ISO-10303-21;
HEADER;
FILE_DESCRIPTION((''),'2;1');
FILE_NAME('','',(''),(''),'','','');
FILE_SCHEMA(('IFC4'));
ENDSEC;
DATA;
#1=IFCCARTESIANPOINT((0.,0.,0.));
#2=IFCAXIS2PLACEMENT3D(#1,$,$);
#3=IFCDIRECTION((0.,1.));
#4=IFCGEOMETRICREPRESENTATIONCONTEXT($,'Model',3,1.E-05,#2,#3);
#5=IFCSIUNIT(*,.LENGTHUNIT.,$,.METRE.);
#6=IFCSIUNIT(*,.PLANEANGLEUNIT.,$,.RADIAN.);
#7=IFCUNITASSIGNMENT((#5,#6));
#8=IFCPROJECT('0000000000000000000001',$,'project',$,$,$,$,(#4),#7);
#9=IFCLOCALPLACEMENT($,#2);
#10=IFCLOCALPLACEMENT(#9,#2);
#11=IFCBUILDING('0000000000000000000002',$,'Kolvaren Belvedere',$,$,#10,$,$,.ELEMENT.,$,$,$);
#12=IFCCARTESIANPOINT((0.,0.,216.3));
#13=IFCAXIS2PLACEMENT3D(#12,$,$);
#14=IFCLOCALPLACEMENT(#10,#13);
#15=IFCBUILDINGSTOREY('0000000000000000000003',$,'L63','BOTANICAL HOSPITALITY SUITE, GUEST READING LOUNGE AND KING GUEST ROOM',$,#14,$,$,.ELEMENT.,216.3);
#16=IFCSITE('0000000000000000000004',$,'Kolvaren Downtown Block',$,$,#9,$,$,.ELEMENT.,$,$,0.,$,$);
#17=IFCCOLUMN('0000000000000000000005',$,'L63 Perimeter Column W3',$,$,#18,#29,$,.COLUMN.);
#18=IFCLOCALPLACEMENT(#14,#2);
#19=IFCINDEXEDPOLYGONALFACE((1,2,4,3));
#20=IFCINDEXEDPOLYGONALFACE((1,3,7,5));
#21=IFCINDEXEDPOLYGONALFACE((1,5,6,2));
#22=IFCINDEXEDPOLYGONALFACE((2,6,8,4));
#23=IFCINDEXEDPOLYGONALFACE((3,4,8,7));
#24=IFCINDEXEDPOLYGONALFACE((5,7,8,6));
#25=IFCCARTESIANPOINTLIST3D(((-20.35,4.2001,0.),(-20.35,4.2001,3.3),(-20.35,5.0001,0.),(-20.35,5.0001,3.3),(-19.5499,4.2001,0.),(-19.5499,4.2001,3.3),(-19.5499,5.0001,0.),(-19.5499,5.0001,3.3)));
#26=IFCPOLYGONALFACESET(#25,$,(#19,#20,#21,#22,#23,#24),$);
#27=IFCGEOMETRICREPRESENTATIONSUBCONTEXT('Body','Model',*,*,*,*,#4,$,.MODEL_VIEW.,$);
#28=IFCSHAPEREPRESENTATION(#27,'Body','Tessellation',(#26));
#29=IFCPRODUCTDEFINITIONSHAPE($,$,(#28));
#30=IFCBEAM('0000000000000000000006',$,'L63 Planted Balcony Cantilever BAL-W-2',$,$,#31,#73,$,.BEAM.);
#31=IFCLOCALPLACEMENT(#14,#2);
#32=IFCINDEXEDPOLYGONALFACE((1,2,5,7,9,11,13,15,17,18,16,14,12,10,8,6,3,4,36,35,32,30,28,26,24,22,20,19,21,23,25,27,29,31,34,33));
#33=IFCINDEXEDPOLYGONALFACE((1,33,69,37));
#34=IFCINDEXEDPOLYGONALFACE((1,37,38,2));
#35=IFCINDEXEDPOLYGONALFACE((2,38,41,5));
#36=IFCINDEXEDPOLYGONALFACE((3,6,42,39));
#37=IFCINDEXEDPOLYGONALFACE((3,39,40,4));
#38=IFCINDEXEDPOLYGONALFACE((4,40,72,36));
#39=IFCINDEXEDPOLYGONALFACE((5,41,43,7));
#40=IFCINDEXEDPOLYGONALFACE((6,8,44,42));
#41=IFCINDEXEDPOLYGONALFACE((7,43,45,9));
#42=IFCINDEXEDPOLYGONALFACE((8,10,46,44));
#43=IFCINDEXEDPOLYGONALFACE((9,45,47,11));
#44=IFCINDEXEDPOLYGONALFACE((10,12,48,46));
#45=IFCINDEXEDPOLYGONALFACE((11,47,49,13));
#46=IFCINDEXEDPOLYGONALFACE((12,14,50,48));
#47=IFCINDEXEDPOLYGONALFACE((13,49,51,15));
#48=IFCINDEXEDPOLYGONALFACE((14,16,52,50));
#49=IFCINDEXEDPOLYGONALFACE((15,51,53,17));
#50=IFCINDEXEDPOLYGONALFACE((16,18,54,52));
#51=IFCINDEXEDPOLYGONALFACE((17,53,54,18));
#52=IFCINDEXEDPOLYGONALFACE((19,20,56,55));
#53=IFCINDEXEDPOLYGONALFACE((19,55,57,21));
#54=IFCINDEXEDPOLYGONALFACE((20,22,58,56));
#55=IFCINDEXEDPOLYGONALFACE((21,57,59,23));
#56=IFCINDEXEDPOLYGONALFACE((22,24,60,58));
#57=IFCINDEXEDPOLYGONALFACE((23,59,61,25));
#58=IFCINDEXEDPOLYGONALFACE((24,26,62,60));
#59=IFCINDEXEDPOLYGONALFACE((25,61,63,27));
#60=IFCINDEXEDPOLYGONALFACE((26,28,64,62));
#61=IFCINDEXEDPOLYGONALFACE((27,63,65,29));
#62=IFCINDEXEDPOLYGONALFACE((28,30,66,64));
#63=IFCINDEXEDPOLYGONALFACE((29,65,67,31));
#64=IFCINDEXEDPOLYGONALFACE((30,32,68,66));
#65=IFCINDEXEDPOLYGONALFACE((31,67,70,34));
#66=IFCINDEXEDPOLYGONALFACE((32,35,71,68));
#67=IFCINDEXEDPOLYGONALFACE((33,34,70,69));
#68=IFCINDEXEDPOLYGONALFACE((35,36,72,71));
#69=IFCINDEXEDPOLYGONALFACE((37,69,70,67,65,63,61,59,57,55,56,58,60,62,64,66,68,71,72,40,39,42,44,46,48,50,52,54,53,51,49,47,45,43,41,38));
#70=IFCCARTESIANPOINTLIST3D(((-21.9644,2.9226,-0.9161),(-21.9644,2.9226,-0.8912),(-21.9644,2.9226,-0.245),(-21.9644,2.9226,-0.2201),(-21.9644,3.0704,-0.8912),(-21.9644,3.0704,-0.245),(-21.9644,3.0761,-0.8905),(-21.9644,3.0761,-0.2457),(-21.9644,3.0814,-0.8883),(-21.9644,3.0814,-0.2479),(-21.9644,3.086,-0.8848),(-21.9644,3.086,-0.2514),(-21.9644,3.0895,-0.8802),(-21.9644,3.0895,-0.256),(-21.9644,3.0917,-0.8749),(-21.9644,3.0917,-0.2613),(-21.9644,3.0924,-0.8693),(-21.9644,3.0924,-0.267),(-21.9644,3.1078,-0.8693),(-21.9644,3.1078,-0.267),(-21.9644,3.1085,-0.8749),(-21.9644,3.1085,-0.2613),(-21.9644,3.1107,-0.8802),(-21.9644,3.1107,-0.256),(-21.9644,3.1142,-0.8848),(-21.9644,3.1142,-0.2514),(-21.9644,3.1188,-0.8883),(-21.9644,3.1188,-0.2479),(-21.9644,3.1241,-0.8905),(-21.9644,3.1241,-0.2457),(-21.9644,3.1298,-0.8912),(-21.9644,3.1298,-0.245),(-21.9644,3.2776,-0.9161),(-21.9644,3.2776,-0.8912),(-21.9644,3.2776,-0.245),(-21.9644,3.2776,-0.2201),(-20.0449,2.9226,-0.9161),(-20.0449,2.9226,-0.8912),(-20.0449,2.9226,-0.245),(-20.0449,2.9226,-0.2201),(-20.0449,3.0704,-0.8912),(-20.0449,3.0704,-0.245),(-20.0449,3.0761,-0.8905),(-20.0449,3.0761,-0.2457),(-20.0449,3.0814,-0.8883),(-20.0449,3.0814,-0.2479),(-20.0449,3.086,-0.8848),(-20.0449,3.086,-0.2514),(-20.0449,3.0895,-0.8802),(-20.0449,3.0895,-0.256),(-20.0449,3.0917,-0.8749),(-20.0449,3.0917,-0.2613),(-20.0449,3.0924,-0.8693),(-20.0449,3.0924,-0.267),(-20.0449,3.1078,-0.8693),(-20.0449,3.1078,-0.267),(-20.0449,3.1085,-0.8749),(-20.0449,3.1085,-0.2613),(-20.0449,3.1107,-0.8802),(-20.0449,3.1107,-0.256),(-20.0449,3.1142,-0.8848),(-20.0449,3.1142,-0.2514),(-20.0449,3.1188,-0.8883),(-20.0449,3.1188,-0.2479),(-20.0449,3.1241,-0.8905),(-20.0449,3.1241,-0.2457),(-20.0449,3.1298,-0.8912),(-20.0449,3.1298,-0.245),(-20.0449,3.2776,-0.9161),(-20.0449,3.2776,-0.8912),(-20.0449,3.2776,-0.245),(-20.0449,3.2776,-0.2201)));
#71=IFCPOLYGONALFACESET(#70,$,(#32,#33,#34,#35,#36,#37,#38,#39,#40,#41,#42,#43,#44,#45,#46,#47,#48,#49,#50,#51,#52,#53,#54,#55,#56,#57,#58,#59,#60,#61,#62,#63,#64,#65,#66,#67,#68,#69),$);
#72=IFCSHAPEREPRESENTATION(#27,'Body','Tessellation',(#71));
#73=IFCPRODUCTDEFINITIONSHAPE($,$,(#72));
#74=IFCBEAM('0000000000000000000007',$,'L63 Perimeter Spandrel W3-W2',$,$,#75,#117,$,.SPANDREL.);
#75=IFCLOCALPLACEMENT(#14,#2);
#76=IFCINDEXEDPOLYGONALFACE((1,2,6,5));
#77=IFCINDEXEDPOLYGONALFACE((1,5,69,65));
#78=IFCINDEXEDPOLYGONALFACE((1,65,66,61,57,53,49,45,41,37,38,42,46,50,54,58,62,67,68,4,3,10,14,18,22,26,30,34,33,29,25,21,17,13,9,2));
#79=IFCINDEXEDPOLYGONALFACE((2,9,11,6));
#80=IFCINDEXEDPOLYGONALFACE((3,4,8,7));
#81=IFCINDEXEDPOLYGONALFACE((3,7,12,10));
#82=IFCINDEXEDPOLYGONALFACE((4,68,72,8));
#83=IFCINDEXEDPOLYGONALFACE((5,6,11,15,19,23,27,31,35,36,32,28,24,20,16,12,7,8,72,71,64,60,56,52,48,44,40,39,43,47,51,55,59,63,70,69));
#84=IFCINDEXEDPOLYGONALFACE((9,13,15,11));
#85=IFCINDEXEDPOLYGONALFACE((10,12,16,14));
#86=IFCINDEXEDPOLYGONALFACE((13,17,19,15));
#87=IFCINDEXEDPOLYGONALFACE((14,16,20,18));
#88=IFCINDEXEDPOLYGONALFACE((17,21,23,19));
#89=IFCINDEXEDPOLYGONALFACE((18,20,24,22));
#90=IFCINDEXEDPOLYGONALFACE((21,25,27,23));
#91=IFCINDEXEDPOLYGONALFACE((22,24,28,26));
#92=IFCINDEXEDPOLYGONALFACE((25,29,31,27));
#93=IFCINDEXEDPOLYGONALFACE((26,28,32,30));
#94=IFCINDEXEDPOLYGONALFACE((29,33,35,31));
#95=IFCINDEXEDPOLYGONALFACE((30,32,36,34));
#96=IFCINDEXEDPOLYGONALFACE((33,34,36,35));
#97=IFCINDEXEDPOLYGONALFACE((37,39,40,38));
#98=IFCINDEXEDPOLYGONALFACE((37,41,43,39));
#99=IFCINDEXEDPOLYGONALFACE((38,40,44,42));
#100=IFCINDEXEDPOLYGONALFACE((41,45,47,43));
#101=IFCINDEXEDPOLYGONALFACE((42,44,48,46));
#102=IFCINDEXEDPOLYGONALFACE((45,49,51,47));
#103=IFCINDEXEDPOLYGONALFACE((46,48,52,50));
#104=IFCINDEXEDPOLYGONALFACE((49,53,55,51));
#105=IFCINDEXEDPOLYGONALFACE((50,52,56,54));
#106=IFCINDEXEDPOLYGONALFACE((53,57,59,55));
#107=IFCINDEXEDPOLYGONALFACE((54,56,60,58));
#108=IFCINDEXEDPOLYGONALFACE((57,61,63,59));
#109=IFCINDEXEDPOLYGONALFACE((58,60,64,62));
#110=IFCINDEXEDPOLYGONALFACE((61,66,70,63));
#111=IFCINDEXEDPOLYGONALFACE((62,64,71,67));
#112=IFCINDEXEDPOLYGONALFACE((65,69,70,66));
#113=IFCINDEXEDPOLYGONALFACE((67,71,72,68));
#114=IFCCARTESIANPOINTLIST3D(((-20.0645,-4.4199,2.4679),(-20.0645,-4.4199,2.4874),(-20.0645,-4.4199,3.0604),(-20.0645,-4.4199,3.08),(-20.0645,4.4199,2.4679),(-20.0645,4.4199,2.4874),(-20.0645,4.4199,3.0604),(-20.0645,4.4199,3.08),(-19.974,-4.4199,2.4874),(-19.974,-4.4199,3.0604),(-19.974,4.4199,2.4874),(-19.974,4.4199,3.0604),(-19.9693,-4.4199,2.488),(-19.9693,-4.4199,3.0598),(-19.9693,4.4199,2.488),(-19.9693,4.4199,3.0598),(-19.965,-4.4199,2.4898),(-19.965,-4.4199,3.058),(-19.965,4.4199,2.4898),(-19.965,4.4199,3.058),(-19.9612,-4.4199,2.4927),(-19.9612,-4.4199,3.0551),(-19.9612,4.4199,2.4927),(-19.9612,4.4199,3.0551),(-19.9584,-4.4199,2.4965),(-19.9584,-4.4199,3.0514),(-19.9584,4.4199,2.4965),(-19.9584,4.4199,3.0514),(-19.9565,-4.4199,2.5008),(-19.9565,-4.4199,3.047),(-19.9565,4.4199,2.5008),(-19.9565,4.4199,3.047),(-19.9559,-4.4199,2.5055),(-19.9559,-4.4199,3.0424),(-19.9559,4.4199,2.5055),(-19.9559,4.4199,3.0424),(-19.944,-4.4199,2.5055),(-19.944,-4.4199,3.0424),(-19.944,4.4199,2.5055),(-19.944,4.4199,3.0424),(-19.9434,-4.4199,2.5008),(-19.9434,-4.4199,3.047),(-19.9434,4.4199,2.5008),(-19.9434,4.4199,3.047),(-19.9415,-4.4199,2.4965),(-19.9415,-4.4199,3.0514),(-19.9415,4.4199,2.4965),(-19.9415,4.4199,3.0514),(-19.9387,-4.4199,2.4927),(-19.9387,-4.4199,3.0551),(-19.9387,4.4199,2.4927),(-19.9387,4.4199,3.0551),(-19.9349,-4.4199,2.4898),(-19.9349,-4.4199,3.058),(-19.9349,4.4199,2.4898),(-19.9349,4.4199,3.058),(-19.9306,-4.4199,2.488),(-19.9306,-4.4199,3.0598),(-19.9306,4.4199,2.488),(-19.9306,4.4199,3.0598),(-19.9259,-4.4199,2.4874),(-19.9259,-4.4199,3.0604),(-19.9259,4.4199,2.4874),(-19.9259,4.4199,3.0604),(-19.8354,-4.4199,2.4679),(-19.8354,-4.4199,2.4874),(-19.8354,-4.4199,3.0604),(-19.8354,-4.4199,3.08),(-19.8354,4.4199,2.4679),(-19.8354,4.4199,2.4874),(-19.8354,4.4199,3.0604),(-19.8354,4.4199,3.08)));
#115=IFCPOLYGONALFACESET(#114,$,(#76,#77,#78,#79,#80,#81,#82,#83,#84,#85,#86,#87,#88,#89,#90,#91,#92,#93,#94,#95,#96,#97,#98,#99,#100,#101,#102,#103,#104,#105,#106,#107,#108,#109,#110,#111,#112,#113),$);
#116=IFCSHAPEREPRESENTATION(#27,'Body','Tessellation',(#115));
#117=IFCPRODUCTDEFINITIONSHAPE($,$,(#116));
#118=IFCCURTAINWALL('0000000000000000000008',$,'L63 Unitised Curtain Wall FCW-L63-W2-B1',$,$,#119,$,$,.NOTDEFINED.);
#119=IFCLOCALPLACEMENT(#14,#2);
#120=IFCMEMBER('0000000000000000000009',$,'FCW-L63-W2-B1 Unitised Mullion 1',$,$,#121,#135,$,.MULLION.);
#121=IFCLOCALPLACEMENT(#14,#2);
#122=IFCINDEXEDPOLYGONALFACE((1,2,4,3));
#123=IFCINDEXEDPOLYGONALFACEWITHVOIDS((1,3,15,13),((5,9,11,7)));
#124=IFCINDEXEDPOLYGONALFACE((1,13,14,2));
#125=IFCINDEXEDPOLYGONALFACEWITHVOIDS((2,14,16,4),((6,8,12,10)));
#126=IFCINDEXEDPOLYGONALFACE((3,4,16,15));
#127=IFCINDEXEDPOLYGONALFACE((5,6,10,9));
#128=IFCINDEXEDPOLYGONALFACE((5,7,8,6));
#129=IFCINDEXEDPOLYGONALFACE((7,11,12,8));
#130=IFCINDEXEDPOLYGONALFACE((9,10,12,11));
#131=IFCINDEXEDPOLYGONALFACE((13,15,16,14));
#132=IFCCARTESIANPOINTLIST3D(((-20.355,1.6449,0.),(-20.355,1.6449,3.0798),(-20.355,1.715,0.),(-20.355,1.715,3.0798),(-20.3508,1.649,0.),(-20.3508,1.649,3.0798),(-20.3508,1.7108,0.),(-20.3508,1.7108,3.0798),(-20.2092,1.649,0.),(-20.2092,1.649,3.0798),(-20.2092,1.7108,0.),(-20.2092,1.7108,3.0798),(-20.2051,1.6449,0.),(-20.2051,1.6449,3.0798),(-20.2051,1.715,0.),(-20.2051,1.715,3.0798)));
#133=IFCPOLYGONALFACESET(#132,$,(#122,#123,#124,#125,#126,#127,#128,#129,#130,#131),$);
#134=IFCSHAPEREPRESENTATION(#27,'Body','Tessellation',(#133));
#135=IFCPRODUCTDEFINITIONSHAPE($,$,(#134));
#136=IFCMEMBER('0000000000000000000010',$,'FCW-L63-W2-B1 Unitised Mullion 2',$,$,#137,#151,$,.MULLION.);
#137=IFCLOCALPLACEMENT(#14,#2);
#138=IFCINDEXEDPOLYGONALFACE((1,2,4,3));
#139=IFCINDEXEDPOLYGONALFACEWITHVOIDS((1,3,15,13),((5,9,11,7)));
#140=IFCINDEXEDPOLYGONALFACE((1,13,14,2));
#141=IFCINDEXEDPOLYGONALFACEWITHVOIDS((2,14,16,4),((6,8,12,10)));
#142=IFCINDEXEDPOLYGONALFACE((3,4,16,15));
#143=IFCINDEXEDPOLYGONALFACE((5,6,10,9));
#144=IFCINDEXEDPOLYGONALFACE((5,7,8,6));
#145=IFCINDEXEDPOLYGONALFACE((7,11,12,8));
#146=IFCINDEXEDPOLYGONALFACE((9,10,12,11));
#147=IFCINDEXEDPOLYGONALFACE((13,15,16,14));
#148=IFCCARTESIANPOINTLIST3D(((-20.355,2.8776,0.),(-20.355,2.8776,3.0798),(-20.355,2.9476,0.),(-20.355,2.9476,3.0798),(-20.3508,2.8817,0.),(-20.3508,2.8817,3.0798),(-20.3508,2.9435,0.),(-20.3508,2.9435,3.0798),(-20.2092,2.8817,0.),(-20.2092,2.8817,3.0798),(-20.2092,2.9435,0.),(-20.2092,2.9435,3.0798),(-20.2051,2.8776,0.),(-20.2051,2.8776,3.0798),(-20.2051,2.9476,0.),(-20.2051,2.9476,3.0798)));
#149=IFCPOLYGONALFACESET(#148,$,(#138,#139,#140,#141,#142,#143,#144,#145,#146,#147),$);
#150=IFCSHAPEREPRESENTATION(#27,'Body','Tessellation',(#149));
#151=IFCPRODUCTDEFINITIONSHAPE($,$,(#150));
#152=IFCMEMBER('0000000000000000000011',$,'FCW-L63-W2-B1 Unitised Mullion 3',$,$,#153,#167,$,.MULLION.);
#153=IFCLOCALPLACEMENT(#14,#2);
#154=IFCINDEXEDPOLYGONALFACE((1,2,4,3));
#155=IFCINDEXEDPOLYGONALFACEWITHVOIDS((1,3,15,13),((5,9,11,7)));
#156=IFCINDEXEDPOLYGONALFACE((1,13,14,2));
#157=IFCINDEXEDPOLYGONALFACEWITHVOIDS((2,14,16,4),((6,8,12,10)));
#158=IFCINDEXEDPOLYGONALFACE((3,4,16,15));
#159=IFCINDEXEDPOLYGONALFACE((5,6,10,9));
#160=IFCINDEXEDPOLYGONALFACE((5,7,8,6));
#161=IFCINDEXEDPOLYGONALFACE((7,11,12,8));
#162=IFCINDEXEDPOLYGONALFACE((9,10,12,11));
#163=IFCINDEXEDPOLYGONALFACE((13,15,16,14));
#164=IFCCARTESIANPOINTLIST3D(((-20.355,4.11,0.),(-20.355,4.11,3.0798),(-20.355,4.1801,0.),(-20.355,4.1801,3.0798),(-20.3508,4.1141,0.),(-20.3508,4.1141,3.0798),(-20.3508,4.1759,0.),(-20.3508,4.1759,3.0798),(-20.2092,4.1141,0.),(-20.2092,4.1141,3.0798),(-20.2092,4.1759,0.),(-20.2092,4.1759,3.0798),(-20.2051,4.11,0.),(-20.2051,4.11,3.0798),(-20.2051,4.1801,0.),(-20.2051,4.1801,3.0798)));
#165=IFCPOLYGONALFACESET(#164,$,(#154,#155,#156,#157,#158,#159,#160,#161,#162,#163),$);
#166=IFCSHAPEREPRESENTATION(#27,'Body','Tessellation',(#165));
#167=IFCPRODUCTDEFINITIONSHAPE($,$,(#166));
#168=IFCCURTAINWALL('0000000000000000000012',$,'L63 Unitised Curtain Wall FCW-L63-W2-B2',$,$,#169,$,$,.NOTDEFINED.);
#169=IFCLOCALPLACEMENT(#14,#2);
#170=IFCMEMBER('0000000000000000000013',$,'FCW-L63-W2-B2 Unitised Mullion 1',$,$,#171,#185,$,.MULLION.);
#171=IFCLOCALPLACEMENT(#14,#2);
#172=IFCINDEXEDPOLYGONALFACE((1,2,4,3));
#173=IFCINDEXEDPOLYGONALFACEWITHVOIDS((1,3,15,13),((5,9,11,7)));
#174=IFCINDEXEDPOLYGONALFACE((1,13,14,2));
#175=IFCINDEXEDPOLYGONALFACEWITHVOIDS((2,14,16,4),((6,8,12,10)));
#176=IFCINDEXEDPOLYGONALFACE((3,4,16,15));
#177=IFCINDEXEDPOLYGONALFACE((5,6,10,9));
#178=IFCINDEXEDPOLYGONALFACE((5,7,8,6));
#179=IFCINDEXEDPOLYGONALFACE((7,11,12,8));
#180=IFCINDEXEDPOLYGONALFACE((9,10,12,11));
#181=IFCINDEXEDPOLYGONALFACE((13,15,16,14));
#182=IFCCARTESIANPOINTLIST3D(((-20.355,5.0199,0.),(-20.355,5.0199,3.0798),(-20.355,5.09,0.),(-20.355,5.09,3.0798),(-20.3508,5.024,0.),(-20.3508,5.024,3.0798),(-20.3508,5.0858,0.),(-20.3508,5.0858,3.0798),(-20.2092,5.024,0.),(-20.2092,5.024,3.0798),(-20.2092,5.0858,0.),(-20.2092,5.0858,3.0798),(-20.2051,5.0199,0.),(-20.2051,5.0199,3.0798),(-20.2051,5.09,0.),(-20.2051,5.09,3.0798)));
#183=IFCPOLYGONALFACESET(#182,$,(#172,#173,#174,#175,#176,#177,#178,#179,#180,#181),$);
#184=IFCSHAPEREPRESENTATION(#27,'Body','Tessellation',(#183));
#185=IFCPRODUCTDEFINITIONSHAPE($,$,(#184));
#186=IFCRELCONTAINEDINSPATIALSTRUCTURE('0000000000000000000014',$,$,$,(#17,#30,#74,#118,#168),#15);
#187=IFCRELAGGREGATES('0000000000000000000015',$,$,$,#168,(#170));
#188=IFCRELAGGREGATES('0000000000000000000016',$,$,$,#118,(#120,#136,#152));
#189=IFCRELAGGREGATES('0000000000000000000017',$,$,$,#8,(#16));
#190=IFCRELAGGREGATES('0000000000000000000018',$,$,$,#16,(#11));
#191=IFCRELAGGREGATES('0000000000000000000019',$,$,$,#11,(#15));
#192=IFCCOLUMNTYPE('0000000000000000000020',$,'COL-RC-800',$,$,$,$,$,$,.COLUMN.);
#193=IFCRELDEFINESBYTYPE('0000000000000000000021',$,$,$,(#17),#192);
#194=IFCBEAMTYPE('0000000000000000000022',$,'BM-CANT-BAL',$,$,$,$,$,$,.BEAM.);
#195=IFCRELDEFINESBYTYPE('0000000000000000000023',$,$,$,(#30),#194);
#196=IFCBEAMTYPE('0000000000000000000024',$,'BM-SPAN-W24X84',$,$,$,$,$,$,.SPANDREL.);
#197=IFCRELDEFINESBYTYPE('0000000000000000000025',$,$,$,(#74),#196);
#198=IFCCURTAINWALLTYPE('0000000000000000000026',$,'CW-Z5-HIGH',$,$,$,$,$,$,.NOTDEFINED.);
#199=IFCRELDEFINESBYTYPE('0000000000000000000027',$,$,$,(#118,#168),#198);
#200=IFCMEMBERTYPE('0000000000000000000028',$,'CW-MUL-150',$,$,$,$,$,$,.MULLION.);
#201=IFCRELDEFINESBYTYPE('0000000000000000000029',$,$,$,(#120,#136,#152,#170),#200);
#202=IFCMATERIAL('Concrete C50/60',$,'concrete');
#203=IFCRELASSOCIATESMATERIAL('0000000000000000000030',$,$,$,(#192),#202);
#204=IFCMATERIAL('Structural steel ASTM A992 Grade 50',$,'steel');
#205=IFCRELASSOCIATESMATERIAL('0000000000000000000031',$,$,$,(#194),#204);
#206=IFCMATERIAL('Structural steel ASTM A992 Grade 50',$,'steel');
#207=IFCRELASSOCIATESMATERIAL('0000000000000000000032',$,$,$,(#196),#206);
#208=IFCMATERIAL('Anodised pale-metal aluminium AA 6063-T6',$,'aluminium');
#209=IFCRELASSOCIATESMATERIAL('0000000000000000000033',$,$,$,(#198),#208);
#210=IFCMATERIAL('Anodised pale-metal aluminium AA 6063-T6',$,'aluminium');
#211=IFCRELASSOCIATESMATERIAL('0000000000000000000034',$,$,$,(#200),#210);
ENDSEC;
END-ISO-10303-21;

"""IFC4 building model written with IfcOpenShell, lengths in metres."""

from ifc_helpers import new_model, si_unit, direction, frame, origin, origin_2d, place, context, subcontext, project, spatial, rectangle, hollow_rectangle, i_section, extrude, material, material_profile, profile_set, type_object, element, aggregate, save


model = new_model("IFC4")

# Units and contexts
model_context = context("Model", 3, precision=1e-05, world=origin(), true_north=direction((0.0, 1.0)))
body_context = subcontext(model_context, "Body", "Model", "MODEL_VIEW")
ifc_project = project(units=[si_unit("LENGTHUNIT", "METRE"), si_unit("PLANEANGLEUNIT", "RADIAN")], contexts=[model_context])

# Site, building, storey
site_placement = place(None, origin())
site = spatial("IfcSite", under=ifc_project, at=site_placement, Name="Kolvaren Downtown Block", CompositionType="ELEMENT", RefElevation=0.0)
building_placement = place(site_placement, origin())
building = spatial("IfcBuilding", under=site, at=building_placement, Name="Kolvaren Belvedere", CompositionType="ELEMENT")
storey_placement = place(building_placement, frame((0.0, 0.0, 216.3)))
storey = spatial("IfcBuildingStorey", under=building, at=storey_placement, Name="L63", Description="BOTANICAL HOSPITALITY SUITE, GUEST READING LOUNGE AND KING GUEST ROOM", CompositionType="ELEMENT", Elevation=216.3)

# Column
ifc_material_1 = material(Name="Concrete C50/60", Category="concrete")
ifc_material_profile_1 = material_profile(ifc_material_1, rectangle(XDim=0.8, YDim=0.8, at=origin_2d()), Name="RC 800X800")
ifc_profile_set_1 = profile_set([ifc_material_profile_1], Name="Concrete C50/60")
column_type = type_object("IfcColumnType", Name="COL-RC-800", PredefinedType="COLUMN", material=ifc_profile_set_1)
column_placement = place(storey_placement, frame((-19.95, 4.6001, 0.0), z_axis=(0.0, 0.0, 1.0), x_axis=(1.0, 0.0, 0.0)))
element("IfcColumn", 1, at=column_placement, inside=storey, type_object=column_type, Name="L63 Perimeter Column W3", PredefinedType="COLUMN", context=body_context, shape_type="SweptSolid", body=[
    extrude(rectangle(XDim=0.8, YDim=0.8, at=origin_2d()), origin(), (0.0, 0.0, 1.0), 3.3),
])

# Beams
ifc_material_2 = material(Name="Structural steel ASTM A992 Grade 50", Category="steel")
ifc_material_profile_2 = material_profile(ifc_material_2, i_section(OverallWidth=0.355, OverallDepth=0.696, WebThickness=0.0154, FlangeThickness=0.0249, FilletRadius=0.022, at=origin_2d()), Name="W27X146")
ifc_profile_set_2 = profile_set([ifc_material_profile_2], Name="Structural steel ASTM A992 Grade 50")
beam_type_1 = type_object("IfcBeamType", Name="BM-CANT-BAL", PredefinedType="BEAM", material=ifc_profile_set_2)
beam_1_placement = place(storey_placement, frame((-20.0449, 3.1001, -0.5681), z_axis=(-1.0, 0.0, 0.0), x_axis=(0.0, -1.0, 0.0)))
element("IfcBeam", 2, at=beam_1_placement, inside=storey, type_object=beam_type_1, Name="L63 Planted Balcony Cantilever BAL-W-2", PredefinedType="BEAM", context=body_context, shape_type="SweptSolid", body=[
    extrude(i_section(OverallWidth=0.355, OverallDepth=0.696, WebThickness=0.0154, FlangeThickness=0.0249, FilletRadius=0.022, at=origin_2d()), origin(), (0.0, 0.0, 1.0), 1.9194),
])
ifc_material_3 = material(Name="Structural steel ASTM A992 Grade 50", Category="steel")
ifc_material_profile_3 = material_profile(ifc_material_3, i_section(OverallWidth=0.229, OverallDepth=0.6121, WebThickness=0.012, FlangeThickness=0.0195, FilletRadius=0.0181, at=origin_2d()), Name="W24X84")
ifc_profile_set_3 = profile_set([ifc_material_profile_3], Name="Structural steel ASTM A992 Grade 50")
beam_type_2 = type_object("IfcBeamType", Name="BM-SPAN-W24X84", PredefinedType="SPANDREL", material=ifc_profile_set_3)
beam_2_placement = place(storey_placement, frame((-19.95, 4.4199, 2.7739), z_axis=(0.0, -1.0, 0.0), x_axis=(1.0, 0.0, 0.0)))
element("IfcBeam", 3, at=beam_2_placement, inside=storey, type_object=beam_type_2, Name="L63 Perimeter Spandrel W3-W2", PredefinedType="SPANDREL", context=body_context, shape_type="SweptSolid", body=[
    extrude(i_section(OverallWidth=0.229, OverallDepth=0.6121, WebThickness=0.012, FlangeThickness=0.0195, FilletRadius=0.0181, at=origin_2d()), origin(), (0.0, 0.0, 1.0), 8.8398),
])

# Curtain wall, members
ifc_material_4 = material(Name="Anodised pale-metal aluminium AA 6063-T6", Category="aluminium")
curtain_wall_type = type_object("IfcCurtainWallType", Name="CW-Z5-HIGH", PredefinedType="NOTDEFINED", material=ifc_material_4)
curtain_wall_1_placement = place(storey_placement, origin())
curtain_wall_1 = element("IfcCurtainWall", 4, at=curtain_wall_1_placement, inside=storey, type_object=curtain_wall_type, Name="L63 Unitised Curtain Wall FCW-L63-W2-B1", PredefinedType="NOTDEFINED")
ifc_material_5 = material(Name="Anodised pale-metal aluminium AA 6063-T6", Category="aluminium")
ifc_material_profile_4 = material_profile(ifc_material_5, hollow_rectangle(XDim=0.0701, YDim=0.1499, WallThickness=0.0042, at=origin_2d()), Name="ALU-MUL-150X70")
ifc_profile_set_4 = profile_set([ifc_material_profile_4], Name="Anodised pale-metal aluminium AA 6063-T6")
member_type_1 = type_object("IfcMemberType", Name="CW-MUL-150", PredefinedType="MULLION", material=ifc_profile_set_4)
member_1_placement = place(storey_placement, frame((-20.28, 1.6799, 0.0), z_axis=(0.0, 0.0, 1.0), x_axis=(0.0, 1.0, 0.0)))
member_1 = element("IfcMember", 5, at=member_1_placement, type_object=member_type_1, Name="FCW-L63-W2-B1 Unitised Mullion 1", PredefinedType="MULLION", context=body_context, shape_type="SweptSolid", body=[
    extrude(hollow_rectangle(XDim=0.0701, YDim=0.1499, WallThickness=0.0042, at=origin_2d()), origin(), (0.0, 0.0, 1.0), 3.0798),
])
member_2_placement = place(storey_placement, frame((-20.28, 2.9126, 0.0), z_axis=(0.0, 0.0, 1.0), x_axis=(0.0, 1.0, 0.0)))
member_2 = element("IfcMember", 6, at=member_2_placement, type_object=member_type_1, Name="FCW-L63-W2-B1 Unitised Mullion 2", PredefinedType="MULLION", context=body_context, shape_type="SweptSolid", body=[
    extrude(hollow_rectangle(XDim=0.0701, YDim=0.1499, WallThickness=0.0042, at=origin_2d()), origin(), (0.0, 0.0, 1.0), 3.0798),
])
member_3_placement = place(storey_placement, frame((-20.28, 4.145, 0.0), z_axis=(0.0, 0.0, 1.0), x_axis=(0.0, 1.0, 0.0)))
member_3 = element("IfcMember", 7, at=member_3_placement, type_object=member_type_1, Name="FCW-L63-W2-B1 Unitised Mullion 3", PredefinedType="MULLION", context=body_context, shape_type="SweptSolid", body=[
    extrude(hollow_rectangle(XDim=0.0701, YDim=0.1499, WallThickness=0.0042, at=origin_2d()), origin(), (0.0, 0.0, 1.0), 3.0798),
])

# Curtain wall, member
curtain_wall_2_placement = place(storey_placement, origin())
curtain_wall_2 = element("IfcCurtainWall", 8, at=curtain_wall_2_placement, inside=storey, type_object=curtain_wall_type, Name="L63 Unitised Curtain Wall FCW-L63-W2-B2", PredefinedType="NOTDEFINED")
member_4_placement = place(storey_placement, frame((-20.28, 5.0549, 0.0), z_axis=(0.0, 0.0, 1.0), x_axis=(0.0, 1.0, 0.0)))
member_4 = element("IfcMember", 9, at=member_4_placement, type_object=member_type_1, Name="FCW-L63-W2-B2 Unitised Mullion 1", PredefinedType="MULLION", context=body_context, shape_type="SweptSolid", body=[
    extrude(hollow_rectangle(XDim=0.0701, YDim=0.1499, WallThickness=0.0042, at=origin_2d()), origin(), (0.0, 0.0, 1.0), 3.0798),
])

aggregate(curtain_wall_2, [member_4])

aggregate(curtain_wall_1, [member_1, member_2, member_3])

save(model, "model.ifc")
